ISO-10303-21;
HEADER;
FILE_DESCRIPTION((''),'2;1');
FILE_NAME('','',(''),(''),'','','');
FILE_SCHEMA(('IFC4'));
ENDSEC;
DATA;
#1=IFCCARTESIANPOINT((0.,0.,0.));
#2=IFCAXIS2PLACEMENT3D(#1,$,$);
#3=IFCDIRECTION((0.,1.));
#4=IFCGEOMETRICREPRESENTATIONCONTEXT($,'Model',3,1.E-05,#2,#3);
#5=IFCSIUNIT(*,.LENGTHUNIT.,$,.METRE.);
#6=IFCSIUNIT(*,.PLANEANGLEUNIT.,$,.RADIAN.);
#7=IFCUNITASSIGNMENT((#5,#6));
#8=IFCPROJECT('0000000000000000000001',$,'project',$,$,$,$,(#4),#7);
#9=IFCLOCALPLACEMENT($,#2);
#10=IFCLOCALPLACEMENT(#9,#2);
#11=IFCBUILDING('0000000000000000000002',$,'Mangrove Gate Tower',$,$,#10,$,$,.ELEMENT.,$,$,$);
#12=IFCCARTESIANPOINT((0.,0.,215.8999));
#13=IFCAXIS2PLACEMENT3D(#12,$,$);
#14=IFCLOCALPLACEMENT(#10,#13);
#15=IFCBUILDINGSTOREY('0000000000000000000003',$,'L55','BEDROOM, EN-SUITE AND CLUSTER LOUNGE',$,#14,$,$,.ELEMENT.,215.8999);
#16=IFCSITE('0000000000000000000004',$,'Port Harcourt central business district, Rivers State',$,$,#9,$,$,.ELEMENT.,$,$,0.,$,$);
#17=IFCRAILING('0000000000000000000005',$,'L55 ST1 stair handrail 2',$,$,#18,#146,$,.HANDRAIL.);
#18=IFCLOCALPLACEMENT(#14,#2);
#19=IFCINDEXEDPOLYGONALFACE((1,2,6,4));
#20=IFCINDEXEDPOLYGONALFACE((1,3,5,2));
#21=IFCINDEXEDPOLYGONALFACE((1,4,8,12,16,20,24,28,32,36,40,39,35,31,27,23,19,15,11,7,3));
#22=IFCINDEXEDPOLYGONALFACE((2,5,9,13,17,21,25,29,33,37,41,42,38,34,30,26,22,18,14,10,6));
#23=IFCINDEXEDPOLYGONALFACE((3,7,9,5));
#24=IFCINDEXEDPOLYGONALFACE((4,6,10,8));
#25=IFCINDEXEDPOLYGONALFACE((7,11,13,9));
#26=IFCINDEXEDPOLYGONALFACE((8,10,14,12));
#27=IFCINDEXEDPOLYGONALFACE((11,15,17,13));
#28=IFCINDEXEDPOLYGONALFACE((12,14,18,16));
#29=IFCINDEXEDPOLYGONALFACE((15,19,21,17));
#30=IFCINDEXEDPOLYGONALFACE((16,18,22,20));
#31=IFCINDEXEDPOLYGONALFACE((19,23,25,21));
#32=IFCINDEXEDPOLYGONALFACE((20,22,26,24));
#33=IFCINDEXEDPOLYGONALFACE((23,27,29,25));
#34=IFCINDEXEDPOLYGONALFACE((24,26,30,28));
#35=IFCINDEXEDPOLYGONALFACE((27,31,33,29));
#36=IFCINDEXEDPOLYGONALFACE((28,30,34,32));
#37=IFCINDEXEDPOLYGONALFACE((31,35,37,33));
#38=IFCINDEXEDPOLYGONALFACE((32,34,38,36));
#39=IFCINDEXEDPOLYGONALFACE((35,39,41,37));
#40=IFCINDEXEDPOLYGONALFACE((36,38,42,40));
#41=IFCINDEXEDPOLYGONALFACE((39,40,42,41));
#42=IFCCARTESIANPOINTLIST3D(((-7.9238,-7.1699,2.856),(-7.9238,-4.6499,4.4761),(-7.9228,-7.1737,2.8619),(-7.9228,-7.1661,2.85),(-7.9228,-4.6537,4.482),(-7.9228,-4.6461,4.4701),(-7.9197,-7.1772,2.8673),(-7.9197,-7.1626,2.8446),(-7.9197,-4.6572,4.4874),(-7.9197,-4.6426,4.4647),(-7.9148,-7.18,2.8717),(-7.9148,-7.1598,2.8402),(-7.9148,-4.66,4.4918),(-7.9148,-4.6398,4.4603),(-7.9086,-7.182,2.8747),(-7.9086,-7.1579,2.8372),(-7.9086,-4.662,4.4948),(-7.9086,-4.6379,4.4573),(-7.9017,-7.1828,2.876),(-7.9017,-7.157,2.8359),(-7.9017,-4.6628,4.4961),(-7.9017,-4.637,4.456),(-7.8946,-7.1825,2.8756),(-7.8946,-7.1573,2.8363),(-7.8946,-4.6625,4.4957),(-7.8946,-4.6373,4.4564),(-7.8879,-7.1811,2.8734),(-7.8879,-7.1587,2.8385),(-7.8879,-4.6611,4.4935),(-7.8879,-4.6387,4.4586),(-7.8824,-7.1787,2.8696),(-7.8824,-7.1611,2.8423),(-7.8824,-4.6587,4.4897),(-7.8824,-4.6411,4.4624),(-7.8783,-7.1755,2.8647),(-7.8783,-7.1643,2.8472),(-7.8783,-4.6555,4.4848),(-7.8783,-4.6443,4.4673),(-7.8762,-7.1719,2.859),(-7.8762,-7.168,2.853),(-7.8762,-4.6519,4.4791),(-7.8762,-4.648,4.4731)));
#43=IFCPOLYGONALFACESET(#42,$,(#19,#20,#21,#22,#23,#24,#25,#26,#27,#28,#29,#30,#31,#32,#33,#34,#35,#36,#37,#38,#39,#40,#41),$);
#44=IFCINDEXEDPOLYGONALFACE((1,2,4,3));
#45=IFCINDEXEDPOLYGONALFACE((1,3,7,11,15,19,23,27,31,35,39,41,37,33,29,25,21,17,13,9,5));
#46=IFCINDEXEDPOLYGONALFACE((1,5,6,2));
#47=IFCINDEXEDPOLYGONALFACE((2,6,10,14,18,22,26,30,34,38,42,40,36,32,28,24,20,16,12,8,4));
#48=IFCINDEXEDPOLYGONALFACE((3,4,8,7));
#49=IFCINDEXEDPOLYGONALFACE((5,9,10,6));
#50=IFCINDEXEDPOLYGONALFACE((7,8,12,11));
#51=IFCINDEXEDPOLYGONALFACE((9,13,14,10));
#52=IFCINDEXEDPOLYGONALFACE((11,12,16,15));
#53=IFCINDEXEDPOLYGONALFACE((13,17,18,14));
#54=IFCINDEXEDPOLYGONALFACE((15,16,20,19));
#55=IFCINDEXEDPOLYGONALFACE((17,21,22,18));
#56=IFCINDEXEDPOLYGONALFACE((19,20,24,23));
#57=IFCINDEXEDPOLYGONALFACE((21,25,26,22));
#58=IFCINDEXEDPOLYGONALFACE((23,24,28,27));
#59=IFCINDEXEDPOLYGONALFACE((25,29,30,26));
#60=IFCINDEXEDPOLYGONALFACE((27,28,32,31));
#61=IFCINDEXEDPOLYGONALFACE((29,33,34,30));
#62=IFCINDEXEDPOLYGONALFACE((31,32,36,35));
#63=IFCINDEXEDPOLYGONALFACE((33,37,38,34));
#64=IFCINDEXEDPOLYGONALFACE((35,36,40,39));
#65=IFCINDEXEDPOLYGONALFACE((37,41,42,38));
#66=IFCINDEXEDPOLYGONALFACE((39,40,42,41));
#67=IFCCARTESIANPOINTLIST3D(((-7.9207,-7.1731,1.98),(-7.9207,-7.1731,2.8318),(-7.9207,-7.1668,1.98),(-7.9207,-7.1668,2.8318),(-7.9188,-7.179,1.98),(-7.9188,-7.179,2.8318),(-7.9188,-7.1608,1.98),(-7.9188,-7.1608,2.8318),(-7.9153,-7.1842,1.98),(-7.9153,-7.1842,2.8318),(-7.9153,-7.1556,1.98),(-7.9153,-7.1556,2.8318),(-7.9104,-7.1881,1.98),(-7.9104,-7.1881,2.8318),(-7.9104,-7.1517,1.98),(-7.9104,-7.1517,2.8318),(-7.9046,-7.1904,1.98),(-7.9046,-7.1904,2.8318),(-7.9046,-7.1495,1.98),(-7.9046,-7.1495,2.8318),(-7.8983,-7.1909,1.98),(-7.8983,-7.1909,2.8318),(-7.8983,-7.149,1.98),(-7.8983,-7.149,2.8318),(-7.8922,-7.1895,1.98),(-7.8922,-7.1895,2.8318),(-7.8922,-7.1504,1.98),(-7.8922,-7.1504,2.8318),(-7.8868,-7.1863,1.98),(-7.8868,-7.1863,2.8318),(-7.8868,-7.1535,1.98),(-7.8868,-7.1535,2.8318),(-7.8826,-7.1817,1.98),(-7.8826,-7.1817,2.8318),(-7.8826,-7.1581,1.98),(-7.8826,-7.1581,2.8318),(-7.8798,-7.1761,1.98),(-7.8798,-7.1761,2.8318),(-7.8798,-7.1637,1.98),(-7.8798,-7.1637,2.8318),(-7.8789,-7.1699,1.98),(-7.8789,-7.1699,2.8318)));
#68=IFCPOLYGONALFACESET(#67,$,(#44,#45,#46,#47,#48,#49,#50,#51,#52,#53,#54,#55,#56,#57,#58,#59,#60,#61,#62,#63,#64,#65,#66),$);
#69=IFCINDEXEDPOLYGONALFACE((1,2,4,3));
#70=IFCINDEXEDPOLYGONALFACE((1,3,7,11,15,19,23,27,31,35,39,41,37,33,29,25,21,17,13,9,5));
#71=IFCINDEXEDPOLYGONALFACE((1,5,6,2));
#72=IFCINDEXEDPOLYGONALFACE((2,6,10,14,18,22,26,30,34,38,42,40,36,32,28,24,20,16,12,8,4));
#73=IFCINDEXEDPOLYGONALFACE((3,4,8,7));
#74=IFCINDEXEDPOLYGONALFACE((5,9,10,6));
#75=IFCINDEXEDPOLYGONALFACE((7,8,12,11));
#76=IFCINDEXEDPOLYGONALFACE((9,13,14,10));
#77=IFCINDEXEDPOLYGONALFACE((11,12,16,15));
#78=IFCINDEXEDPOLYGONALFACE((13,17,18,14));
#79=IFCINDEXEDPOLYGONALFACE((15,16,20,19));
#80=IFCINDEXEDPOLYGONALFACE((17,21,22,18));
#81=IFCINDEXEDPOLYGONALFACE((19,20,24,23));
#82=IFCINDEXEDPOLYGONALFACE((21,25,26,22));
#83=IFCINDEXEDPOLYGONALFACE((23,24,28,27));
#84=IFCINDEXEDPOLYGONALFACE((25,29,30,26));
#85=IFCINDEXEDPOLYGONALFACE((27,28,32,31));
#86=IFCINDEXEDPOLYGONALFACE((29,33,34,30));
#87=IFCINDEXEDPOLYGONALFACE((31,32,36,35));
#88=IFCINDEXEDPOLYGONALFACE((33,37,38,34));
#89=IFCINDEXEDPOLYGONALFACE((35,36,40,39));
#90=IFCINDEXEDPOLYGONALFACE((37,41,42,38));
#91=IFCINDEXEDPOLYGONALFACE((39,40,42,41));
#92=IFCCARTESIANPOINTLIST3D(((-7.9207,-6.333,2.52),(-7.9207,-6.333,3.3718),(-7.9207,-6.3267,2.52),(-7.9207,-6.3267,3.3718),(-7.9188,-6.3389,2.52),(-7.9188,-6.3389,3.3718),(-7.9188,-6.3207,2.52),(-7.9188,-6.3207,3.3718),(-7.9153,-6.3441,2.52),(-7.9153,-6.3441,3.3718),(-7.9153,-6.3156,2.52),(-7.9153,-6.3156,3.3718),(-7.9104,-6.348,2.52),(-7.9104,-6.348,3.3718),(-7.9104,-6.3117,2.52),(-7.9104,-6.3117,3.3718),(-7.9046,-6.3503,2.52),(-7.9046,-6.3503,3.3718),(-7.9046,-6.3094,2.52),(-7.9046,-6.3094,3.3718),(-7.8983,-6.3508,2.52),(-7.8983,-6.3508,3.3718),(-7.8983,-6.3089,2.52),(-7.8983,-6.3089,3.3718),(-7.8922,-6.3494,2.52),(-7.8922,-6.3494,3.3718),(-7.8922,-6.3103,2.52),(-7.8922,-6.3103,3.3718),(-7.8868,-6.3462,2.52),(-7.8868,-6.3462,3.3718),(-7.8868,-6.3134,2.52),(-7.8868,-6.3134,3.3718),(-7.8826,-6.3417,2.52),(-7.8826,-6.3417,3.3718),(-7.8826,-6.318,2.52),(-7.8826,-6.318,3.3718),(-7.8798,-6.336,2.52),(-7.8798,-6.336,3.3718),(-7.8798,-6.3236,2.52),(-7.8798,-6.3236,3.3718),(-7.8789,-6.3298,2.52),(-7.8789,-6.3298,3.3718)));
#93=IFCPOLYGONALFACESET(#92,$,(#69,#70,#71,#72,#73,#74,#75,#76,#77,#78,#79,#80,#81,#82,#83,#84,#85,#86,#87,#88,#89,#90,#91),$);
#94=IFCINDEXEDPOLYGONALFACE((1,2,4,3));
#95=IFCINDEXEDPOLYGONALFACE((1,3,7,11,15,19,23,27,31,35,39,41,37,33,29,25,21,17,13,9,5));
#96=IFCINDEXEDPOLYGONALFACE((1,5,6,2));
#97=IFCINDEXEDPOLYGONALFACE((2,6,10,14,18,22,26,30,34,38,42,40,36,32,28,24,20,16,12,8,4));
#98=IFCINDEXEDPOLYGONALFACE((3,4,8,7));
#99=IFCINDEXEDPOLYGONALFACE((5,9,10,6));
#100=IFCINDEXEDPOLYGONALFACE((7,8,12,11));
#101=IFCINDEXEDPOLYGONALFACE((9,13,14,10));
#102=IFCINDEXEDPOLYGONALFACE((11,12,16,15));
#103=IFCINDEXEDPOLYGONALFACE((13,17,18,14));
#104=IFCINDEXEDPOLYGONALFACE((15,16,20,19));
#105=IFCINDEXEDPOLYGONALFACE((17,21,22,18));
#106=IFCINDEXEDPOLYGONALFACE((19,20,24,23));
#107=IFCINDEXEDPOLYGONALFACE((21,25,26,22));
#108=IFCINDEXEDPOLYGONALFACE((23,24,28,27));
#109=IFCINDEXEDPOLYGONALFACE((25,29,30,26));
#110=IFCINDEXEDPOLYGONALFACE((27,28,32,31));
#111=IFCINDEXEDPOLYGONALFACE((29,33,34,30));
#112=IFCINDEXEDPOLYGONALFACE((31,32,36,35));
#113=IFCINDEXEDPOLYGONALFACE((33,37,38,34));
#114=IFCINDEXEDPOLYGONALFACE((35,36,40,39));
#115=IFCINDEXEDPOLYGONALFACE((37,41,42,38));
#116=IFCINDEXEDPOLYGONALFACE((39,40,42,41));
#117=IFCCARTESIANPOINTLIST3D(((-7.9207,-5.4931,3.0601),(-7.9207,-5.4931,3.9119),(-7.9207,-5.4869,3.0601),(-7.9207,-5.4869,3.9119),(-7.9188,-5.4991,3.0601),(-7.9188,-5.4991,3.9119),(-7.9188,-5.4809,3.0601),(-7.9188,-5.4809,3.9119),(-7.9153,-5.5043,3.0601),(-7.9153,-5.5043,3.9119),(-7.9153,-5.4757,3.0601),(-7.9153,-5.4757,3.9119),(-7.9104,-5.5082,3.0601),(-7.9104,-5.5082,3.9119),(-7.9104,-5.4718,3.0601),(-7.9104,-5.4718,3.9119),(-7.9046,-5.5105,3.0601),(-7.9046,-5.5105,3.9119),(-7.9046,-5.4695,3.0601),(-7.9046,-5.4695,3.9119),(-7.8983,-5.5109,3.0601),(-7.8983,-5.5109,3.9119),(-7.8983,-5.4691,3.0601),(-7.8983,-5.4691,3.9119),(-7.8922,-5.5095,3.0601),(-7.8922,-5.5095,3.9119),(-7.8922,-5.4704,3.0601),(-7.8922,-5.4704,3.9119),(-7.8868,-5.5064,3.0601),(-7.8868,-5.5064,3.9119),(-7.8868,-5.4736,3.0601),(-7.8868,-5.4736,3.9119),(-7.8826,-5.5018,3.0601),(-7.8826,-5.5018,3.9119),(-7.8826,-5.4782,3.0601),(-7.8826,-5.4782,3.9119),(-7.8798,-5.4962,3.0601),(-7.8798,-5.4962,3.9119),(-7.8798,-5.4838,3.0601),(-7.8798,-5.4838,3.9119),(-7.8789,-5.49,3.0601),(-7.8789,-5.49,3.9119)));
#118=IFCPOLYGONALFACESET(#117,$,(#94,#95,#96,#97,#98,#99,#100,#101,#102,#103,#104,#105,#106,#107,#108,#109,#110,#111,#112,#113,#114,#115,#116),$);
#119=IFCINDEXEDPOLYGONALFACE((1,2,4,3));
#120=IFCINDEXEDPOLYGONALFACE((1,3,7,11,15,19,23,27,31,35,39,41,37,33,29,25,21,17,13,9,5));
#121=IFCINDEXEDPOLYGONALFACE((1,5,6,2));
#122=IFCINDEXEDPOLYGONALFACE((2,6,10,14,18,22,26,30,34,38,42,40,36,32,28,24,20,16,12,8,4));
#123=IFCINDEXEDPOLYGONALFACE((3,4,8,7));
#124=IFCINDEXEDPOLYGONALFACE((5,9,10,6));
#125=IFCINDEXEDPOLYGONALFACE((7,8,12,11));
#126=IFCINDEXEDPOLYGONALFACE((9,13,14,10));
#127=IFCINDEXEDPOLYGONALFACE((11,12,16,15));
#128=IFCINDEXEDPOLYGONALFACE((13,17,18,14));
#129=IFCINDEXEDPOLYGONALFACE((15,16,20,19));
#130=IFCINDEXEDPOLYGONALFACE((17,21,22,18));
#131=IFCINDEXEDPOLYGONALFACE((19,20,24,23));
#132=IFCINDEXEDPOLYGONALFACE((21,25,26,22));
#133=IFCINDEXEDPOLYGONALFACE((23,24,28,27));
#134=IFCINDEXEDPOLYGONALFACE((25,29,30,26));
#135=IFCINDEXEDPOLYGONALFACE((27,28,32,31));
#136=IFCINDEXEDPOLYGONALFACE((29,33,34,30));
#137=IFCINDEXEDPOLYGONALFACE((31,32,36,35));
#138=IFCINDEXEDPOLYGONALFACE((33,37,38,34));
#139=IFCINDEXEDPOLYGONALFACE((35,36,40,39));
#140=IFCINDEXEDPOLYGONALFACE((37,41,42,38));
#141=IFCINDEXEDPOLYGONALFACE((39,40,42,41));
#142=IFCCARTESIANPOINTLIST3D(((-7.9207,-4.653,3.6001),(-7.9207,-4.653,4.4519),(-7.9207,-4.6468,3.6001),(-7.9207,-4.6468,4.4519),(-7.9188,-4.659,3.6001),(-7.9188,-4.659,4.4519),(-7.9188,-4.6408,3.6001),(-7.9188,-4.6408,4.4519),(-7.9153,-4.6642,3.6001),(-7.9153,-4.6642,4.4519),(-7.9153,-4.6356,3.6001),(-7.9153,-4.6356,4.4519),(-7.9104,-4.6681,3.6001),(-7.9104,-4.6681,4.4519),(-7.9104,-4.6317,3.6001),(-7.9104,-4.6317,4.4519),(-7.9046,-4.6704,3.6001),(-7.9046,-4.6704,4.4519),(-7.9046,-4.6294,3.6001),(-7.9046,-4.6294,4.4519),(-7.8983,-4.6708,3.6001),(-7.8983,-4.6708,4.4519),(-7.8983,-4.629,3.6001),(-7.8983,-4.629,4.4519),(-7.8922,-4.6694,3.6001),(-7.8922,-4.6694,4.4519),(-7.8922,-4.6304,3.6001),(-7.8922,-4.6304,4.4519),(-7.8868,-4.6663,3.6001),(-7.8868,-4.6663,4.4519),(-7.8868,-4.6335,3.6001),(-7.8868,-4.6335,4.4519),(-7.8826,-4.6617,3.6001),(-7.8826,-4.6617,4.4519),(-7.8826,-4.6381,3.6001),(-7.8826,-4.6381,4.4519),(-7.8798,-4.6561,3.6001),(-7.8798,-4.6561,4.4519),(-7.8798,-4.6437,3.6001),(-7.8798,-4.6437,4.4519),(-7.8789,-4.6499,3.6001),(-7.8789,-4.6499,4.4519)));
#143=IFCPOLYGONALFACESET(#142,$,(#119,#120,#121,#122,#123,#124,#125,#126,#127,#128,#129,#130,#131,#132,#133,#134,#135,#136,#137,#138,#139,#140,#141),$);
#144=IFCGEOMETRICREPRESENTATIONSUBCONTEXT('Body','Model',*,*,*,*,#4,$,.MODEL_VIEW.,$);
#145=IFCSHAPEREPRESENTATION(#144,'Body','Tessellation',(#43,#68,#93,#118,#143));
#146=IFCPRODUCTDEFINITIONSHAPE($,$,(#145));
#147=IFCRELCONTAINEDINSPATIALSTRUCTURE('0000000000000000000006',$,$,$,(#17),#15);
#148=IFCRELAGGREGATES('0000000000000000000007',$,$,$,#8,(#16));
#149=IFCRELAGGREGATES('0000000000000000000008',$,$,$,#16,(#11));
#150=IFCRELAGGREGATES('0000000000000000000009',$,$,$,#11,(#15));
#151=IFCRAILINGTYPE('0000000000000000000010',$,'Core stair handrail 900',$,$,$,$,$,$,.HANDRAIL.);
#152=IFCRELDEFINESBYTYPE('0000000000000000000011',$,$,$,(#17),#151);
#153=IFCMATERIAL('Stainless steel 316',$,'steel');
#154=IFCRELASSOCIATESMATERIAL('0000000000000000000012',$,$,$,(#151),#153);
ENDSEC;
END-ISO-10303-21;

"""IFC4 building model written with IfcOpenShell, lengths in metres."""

from ifc_helpers import new_model, si_unit, direction, frame, origin, origin_2d, place, context, subcontext, project, spatial, circle, extrude, material, type_object, element, save


model = new_model("IFC4")

# Units and contexts
model_context = context("Model", 3, precision=1e-05, world=origin(), true_north=direction((0.0, 1.0)))
body_context = subcontext(model_context, "Body", "Model", "MODEL_VIEW")
ifc_project = project(units=[si_unit("LENGTHUNIT", "METRE"), si_unit("PLANEANGLEUNIT", "RADIAN")], contexts=[model_context])

# Site, building, storey
site_placement = place(None, origin())
site = spatial("IfcSite", under=ifc_project, at=site_placement, Name="Port Harcourt central business district, Rivers State", CompositionType="ELEMENT", RefElevation=0.0)
building_placement = place(site_placement, origin())
building = spatial("IfcBuilding", under=site, at=building_placement, Name="Mangrove Gate Tower", CompositionType="ELEMENT")
storey_placement = place(building_placement, frame((0.0, 0.0, 215.8999)))
storey = spatial("IfcBuildingStorey", under=building, at=storey_placement, Name="L55", Description="BEDROOM, EN-SUITE AND CLUSTER LOUNGE", CompositionType="ELEMENT", Elevation=215.8999)

# Railing
ifc_material_1 = material(Name="Stainless steel 316", Category="steel")
railing_type_1 = type_object("IfcRailingType", Name="Core stair handrail 900", PredefinedType="HANDRAIL", material=ifc_material_1)
railing_1_placement = place(storey_placement, frame((-7.8999, -7.1699, 1.98)))
element("IfcRailing", 1, at=railing_1_placement, inside=storey, type_object=railing_type_1, Name="L55 ST1 stair handrail 2", PredefinedType="HANDRAIL", context=body_context, shape_type="SweptSolid", body=[
    extrude(circle(Radius=0.0239, at=origin_2d()), frame((0.0, 0.0, 0.876), z_axis=(0.0, 0.841163, 0.540782), x_axis=(-1.0, 0.0, 0.0)), (0.0, 0.0, 1.0), 2.9958),
    extrude(circle(Radius=0.021, at=origin_2d()), origin(), (0.0, 0.0, 1.0), 0.8518),
    extrude(circle(Radius=0.021, at=origin_2d()), frame((0.0, 0.8401, 0.54)), (0.0, 0.0, 1.0), 0.8518),
    extrude(circle(Radius=0.021, at=origin_2d()), frame((0.0, 1.6799, 1.0801)), (0.0, 0.0, 1.0), 0.8518),
    extrude(circle(Radius=0.021, at=origin_2d()), frame((0.0, 2.52, 1.6201)), (0.0, 0.0, 1.0), 0.8518),
])

save(model, "model.ifc")
